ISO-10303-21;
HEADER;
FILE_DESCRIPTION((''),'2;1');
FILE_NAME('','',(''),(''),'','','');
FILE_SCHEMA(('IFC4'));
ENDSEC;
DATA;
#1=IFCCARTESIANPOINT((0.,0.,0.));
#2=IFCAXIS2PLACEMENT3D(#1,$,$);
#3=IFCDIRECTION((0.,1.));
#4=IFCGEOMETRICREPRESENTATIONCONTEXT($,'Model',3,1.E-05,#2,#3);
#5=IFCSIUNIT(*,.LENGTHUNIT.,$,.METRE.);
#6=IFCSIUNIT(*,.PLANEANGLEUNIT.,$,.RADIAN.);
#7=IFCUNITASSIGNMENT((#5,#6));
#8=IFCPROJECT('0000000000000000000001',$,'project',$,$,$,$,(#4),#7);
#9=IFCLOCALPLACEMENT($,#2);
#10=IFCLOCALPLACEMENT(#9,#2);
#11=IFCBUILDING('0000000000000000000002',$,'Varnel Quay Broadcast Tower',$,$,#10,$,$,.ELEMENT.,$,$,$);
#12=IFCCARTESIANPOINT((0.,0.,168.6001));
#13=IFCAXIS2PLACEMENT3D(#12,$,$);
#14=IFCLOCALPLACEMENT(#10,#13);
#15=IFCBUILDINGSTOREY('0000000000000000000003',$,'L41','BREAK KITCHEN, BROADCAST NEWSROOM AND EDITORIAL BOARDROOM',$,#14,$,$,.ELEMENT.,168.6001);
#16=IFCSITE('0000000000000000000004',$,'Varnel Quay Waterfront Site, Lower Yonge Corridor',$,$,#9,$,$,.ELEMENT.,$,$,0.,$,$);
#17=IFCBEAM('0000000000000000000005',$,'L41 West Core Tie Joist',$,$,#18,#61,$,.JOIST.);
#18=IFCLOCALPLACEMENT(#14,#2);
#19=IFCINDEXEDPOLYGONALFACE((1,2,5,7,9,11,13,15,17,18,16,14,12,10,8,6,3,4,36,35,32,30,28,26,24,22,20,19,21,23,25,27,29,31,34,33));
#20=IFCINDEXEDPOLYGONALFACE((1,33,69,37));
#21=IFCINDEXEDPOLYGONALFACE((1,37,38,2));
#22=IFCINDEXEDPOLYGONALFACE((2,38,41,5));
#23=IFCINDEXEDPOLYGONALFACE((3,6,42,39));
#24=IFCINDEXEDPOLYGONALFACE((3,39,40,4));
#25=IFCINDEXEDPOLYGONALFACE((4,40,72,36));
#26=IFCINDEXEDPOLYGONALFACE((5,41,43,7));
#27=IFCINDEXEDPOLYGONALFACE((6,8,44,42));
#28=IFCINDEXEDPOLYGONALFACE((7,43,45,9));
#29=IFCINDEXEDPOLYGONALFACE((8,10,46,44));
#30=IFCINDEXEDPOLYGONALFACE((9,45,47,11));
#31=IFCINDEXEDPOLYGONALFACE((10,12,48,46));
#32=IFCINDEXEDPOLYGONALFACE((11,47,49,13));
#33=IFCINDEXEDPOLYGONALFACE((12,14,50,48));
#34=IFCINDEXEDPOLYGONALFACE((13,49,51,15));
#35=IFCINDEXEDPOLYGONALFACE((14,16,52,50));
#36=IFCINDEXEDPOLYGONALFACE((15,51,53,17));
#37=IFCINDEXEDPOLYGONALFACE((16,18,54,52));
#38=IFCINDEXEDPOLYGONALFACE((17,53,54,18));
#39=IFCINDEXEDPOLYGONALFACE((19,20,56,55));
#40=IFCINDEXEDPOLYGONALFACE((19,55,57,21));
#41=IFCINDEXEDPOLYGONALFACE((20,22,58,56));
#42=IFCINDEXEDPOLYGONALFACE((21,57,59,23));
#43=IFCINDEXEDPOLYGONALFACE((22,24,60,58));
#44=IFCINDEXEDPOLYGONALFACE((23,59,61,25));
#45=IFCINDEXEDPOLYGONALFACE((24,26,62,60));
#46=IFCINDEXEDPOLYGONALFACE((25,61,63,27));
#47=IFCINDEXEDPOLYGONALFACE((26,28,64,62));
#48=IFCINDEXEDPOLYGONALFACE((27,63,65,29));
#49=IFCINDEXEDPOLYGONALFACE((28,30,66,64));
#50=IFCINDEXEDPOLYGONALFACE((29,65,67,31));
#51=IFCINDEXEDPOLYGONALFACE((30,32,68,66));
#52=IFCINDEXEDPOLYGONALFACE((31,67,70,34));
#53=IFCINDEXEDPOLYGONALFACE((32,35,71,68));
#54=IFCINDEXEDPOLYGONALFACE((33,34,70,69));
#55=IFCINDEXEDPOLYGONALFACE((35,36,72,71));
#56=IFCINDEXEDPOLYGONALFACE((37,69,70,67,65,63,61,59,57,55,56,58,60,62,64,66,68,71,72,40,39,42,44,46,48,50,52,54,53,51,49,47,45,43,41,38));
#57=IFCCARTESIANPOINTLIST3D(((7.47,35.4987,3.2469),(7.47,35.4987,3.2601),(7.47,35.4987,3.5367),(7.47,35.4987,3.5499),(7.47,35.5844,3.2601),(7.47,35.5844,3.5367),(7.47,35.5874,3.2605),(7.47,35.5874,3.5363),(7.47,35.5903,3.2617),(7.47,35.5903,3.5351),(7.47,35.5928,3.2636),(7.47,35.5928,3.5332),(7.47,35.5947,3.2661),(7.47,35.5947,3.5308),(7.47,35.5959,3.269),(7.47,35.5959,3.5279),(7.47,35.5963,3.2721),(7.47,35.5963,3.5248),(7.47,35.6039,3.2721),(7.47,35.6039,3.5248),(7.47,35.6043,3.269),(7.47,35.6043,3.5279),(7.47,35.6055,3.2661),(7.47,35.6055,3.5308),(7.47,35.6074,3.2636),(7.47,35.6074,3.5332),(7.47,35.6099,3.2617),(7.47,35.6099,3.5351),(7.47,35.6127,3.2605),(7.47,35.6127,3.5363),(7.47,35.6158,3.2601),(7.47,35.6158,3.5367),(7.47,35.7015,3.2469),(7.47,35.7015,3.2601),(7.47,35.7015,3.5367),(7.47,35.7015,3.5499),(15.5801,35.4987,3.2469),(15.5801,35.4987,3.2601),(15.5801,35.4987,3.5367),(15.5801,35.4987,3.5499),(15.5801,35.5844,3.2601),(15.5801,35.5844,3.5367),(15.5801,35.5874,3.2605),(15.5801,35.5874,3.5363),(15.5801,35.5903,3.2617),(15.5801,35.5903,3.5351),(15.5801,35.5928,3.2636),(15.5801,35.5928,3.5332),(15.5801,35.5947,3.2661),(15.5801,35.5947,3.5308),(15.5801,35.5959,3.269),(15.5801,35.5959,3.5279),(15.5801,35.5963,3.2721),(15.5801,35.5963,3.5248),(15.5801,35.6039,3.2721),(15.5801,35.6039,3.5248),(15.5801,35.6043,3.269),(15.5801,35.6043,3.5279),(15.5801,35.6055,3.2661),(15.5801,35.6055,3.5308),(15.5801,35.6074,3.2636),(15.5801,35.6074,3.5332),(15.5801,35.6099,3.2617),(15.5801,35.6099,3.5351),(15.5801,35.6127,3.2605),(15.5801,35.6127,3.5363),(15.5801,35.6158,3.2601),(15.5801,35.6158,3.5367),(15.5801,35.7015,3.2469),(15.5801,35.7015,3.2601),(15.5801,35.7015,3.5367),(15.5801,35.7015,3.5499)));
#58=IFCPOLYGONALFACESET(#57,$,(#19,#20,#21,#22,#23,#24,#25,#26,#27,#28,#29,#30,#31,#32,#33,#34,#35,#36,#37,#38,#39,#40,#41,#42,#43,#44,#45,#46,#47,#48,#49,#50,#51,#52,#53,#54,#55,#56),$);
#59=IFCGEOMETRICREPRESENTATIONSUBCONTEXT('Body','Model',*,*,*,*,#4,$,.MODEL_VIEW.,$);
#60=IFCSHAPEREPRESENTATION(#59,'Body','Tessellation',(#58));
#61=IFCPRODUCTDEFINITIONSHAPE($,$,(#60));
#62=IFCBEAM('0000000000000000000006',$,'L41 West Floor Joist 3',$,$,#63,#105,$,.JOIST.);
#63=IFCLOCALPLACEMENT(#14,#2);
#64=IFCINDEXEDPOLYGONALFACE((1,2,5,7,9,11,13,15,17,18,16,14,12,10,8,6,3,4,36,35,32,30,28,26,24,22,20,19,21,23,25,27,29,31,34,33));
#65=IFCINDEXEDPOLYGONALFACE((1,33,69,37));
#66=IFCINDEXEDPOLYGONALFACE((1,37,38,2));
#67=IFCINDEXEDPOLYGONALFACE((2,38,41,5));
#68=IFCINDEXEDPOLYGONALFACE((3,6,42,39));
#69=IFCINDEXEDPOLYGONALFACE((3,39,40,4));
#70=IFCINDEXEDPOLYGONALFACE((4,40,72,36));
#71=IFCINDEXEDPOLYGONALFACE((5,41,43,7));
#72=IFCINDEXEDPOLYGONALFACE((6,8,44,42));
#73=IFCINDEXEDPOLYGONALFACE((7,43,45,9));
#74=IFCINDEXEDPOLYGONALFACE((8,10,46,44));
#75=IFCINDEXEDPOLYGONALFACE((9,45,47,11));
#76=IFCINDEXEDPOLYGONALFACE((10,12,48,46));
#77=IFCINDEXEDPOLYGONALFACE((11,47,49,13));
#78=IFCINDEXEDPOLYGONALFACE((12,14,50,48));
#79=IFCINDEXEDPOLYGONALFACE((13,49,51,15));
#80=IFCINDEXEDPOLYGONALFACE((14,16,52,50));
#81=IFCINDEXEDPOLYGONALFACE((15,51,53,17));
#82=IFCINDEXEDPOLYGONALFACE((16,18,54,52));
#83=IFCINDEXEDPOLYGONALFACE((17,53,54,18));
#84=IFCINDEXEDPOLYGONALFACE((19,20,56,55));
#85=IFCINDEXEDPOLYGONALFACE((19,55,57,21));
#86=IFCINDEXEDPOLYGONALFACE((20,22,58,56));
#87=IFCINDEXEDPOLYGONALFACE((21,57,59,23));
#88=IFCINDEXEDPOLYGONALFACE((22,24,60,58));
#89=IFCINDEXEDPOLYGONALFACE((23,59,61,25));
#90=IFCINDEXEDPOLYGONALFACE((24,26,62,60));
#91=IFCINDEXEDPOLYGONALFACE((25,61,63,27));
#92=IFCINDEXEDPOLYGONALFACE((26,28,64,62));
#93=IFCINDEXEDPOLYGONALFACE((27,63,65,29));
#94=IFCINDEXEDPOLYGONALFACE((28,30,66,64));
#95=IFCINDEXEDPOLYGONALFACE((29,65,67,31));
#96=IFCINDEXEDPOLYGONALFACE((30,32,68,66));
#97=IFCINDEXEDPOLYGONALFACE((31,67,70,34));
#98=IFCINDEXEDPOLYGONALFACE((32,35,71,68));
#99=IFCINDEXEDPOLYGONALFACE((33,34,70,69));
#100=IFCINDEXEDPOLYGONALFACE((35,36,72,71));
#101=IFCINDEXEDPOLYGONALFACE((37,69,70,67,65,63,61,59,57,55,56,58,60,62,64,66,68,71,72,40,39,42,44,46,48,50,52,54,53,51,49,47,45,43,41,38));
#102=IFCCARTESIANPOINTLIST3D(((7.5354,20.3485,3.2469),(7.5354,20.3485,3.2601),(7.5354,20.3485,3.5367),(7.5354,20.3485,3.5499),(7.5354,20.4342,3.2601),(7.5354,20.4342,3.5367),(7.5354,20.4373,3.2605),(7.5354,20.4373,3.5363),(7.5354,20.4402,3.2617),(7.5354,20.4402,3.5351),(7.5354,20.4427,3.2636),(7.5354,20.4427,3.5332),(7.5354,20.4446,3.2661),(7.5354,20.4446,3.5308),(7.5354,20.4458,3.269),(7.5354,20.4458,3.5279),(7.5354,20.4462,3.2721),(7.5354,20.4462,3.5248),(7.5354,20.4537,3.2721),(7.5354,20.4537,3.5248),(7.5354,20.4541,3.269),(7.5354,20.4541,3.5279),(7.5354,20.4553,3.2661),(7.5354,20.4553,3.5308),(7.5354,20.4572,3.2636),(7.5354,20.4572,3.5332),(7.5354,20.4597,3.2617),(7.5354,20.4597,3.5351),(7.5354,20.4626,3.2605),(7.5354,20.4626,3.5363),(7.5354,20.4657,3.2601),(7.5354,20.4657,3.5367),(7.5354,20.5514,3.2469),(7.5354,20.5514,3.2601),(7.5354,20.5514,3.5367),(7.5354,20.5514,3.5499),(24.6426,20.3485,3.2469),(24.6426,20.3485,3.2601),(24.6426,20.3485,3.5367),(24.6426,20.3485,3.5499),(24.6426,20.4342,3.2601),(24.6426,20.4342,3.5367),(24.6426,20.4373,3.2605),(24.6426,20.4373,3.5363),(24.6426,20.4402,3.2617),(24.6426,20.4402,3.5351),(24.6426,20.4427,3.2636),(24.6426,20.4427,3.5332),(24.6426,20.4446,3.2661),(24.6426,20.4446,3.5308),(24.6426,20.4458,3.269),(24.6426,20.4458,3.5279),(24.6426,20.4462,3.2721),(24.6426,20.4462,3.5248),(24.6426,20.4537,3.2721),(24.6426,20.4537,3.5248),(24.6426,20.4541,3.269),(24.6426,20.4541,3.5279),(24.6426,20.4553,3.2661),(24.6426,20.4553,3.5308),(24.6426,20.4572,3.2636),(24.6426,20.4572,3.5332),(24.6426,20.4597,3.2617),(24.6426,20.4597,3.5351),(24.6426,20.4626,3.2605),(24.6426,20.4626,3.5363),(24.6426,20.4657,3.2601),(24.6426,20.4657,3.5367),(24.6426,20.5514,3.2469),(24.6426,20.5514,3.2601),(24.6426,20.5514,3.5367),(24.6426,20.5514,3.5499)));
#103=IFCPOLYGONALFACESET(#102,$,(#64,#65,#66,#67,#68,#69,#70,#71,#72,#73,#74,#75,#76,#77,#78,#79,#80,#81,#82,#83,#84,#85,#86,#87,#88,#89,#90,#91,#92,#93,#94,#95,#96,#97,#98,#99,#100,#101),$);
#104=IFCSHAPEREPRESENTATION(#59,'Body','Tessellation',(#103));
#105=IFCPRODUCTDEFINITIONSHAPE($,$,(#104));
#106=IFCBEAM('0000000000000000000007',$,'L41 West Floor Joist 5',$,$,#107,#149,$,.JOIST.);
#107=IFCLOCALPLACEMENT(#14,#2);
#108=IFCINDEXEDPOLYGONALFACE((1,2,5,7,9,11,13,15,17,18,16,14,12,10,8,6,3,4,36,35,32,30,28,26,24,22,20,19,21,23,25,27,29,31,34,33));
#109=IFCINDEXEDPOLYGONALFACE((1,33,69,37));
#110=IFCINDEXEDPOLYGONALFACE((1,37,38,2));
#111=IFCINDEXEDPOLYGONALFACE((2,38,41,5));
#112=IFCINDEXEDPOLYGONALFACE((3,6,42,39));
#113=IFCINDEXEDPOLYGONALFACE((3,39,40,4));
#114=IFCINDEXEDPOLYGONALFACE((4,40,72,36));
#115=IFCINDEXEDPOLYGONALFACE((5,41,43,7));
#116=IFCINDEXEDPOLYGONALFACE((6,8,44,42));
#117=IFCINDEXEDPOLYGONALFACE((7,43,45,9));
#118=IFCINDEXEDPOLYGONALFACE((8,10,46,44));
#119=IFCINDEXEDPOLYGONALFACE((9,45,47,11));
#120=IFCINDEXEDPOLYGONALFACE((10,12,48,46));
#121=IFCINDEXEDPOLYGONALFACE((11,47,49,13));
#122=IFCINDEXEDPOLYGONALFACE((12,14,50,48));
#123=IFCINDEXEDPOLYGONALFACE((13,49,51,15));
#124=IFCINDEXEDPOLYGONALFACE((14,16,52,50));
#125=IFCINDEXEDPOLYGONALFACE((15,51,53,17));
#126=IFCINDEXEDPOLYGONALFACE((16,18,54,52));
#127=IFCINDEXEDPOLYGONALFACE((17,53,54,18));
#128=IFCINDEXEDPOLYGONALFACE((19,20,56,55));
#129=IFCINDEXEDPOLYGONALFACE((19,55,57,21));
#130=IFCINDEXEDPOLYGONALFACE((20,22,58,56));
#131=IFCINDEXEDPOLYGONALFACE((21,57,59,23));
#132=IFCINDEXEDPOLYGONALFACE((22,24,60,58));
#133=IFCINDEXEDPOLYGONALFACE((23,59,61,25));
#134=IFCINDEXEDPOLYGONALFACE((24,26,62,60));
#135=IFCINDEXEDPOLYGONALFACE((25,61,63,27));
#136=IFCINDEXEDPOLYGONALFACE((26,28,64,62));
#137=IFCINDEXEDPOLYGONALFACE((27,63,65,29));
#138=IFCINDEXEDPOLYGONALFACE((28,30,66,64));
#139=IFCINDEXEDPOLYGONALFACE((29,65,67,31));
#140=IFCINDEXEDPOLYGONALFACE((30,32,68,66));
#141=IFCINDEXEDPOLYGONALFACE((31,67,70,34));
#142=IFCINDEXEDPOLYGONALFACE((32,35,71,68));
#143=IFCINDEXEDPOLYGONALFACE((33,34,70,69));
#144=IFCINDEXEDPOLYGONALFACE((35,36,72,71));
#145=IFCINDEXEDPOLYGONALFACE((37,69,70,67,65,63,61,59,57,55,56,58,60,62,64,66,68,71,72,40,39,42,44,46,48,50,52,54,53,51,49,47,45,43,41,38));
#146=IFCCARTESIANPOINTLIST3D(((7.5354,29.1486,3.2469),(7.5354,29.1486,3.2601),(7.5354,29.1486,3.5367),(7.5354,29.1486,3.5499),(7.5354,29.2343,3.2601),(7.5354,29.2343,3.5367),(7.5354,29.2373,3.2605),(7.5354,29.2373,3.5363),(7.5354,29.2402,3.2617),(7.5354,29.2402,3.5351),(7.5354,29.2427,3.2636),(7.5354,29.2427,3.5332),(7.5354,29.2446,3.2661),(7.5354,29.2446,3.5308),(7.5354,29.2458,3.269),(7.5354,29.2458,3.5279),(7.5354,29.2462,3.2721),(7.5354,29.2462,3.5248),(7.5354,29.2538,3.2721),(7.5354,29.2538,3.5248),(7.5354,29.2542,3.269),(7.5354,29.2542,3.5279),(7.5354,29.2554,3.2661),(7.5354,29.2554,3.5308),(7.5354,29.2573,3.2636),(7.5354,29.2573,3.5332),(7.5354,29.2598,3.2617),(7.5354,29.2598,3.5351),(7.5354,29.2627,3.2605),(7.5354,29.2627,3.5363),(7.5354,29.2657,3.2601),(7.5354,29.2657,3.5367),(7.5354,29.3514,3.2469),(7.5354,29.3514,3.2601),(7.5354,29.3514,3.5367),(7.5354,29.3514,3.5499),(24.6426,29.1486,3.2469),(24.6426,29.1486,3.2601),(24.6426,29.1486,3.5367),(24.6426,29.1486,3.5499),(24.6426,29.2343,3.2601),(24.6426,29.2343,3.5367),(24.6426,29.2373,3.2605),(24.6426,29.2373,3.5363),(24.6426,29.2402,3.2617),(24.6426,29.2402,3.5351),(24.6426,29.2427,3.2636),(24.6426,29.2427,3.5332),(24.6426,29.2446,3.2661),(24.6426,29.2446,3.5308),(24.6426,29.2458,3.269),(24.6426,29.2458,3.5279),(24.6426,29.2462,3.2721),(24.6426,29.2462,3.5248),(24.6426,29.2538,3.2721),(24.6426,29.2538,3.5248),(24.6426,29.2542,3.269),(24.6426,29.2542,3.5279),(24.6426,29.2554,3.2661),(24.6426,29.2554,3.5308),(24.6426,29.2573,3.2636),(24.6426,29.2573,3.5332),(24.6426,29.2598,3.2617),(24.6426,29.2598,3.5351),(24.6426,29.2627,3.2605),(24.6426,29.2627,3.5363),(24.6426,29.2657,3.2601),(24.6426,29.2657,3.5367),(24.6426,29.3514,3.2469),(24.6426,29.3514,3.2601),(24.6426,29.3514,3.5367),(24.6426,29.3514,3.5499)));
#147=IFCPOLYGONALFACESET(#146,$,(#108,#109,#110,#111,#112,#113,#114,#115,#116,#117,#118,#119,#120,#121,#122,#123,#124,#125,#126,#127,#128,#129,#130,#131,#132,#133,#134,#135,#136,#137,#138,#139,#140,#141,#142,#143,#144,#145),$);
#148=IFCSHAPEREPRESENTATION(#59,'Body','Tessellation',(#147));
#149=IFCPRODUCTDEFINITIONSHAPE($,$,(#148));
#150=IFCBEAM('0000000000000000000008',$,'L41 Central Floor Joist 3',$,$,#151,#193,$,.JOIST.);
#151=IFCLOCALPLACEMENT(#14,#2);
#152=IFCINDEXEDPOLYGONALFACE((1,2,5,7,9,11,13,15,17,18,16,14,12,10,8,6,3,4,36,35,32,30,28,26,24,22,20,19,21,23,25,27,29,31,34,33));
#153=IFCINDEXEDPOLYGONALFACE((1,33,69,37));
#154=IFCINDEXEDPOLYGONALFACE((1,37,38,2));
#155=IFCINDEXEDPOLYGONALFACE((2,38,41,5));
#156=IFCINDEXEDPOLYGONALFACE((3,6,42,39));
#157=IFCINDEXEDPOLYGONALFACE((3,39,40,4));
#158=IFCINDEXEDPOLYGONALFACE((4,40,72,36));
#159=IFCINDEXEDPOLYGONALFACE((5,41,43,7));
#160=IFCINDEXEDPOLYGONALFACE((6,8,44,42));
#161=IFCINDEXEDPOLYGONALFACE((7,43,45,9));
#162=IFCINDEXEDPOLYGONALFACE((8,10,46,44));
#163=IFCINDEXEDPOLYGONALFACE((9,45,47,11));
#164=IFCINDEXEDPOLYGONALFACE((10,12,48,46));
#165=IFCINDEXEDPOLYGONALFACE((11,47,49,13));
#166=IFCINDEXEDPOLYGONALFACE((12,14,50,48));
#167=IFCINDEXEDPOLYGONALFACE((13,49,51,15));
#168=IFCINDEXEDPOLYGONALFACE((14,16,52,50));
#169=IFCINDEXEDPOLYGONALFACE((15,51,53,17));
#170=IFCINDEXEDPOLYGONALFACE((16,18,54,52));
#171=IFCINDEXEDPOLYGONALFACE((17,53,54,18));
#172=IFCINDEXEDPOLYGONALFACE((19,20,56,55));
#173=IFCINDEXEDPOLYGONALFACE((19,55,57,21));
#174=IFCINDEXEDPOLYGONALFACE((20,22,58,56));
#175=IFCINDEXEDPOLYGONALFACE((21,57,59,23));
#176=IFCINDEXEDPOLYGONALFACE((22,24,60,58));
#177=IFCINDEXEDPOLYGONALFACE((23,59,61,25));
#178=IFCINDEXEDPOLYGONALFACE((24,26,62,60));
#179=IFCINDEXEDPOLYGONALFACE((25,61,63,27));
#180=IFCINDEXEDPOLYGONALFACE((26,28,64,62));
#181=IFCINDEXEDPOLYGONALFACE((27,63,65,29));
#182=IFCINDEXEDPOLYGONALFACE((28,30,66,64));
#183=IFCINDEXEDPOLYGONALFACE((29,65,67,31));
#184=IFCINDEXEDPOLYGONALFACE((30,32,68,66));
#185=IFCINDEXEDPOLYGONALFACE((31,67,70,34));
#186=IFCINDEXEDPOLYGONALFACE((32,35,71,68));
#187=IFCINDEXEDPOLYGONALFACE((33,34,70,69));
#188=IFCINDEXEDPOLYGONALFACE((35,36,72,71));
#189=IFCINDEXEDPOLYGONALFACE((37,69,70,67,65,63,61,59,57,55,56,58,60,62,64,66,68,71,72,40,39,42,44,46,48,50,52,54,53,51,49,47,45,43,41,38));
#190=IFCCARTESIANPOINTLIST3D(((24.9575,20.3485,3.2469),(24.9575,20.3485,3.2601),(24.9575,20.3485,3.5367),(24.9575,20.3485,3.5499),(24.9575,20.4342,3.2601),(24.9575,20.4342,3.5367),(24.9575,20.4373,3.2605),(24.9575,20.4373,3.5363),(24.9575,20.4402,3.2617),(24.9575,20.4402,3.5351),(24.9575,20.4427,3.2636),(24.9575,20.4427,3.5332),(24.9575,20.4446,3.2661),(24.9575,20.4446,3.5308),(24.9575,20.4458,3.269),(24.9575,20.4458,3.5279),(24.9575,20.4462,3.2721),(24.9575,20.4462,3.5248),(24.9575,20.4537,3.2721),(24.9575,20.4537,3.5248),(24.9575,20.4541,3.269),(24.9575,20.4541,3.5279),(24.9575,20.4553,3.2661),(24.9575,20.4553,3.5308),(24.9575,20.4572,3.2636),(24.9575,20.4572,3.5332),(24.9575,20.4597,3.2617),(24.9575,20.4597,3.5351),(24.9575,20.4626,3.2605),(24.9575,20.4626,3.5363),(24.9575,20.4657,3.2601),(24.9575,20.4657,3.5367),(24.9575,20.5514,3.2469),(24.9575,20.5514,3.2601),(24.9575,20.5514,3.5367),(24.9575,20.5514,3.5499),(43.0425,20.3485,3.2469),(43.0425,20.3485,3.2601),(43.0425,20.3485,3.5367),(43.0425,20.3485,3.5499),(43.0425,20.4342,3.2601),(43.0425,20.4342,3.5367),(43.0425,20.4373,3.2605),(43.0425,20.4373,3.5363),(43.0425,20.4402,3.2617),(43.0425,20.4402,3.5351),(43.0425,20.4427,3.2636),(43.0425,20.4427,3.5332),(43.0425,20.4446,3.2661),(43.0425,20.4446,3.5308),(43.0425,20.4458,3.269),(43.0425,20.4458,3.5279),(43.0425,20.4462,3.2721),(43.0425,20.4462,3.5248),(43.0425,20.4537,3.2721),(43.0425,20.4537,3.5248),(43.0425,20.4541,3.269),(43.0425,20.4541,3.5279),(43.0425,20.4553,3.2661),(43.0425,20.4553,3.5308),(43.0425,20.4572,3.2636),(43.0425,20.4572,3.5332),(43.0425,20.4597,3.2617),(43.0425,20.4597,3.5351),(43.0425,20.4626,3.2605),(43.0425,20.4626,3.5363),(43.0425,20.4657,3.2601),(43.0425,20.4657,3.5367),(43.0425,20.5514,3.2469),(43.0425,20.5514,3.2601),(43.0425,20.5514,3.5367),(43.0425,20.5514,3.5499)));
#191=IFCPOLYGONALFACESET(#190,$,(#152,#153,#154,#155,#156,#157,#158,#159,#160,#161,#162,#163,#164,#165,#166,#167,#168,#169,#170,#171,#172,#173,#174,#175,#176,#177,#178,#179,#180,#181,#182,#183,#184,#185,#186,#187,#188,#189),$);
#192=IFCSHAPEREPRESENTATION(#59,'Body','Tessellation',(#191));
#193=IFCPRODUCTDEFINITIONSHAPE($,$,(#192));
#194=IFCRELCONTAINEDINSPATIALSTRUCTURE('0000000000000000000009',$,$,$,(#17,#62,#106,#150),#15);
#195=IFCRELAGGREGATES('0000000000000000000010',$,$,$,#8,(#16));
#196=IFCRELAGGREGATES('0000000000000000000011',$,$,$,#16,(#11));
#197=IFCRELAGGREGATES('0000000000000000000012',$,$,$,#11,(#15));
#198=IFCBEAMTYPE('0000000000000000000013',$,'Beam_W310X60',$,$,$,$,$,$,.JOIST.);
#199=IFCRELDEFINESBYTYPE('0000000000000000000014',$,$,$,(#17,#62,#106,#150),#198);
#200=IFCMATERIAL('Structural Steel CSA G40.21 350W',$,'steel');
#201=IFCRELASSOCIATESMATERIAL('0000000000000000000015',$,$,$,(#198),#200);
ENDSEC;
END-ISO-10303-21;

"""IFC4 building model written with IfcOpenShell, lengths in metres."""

from ifc_helpers import new_model, si_unit, direction, frame, origin, origin_2d, place, context, subcontext, project, spatial, i_section, extrude, source, transform, mapped, material, material_profile, profile_set, type_object, type_shapes, element, save


model = new_model("IFC4")

# Units and contexts
model_context = context("Model", 3, precision=1e-05, world=origin(), true_north=direction((0.0, 1.0)))
body_context = subcontext(model_context, "Body", "Model", "MODEL_VIEW")
ifc_project = project(units=[si_unit("LENGTHUNIT", "METRE"), si_unit("PLANEANGLEUNIT", "RADIAN")], contexts=[model_context])

# Site, building, storey
site_placement = place(None, origin())
site = spatial("IfcSite", under=ifc_project, at=site_placement, Name="Varnel Quay Waterfront Site, Lower Yonge Corridor", CompositionType="ELEMENT", RefElevation=0.0)
building_placement = place(site_placement, origin())
building = spatial("IfcBuilding", under=site, at=building_placement, Name="Varnel Quay Broadcast Tower", CompositionType="ELEMENT")
storey_placement = place(building_placement, frame((0.0, 0.0, 168.6001)))
storey = spatial("IfcBuildingStorey", under=building, at=storey_placement, Name="L41", Description="BREAK KITCHEN, BROADCAST NEWSROOM AND EDITORIAL BOARDROOM", CompositionType="ELEMENT", Elevation=168.6001)

# Shared definitions
ifc_material_1 = material(Name="Structural Steel CSA G40.21 350W", Category="steel")

# Beams
ifc_material_profile_1 = material_profile(ifc_material_1, i_section(OverallWidth=0.2029, OverallDepth=0.303, WebThickness=0.0076, FlangeThickness=0.0132, FilletRadius=0.012, at=origin_2d()), Name="W310X60")
ifc_profile_set_1 = profile_set([ifc_material_profile_1], Name="Structural Steel CSA G40.21 350W")
beam_type_1 = type_object("IfcBeamType", Name="Beam_W310X60", PredefinedType="JOIST", material=ifc_profile_set_1)
shared_shape_1 = source(origin(), body_context, "Body", "SweptSolid", [
    extrude(i_section(OverallWidth=0.2029, OverallDepth=0.303, WebThickness=0.0076, FlangeThickness=0.0132, FilletRadius=0.012, at=origin_2d()), origin(), (0.0, 0.0, 1.0), 8.1101),
])
beam_1_placement = place(storey_placement, frame((7.47, 35.6001, 3.3984), z_axis=(1.0, 0.0, 0.0), x_axis=(0.0, 1.0, 0.0)))
element("IfcBeam", 1, at=beam_1_placement, inside=storey, type_object=beam_type_1, Name="L41 West Core Tie Joist", PredefinedType="JOIST", context=body_context, shape_type="MappedRepresentation", body=[
    mapped(shared_shape_1, transform((0.0, 0.0, 0.0), x_axis=(1.0, 0.0, 0.0), y_axis=(0.0, 1.0, 0.0), z_axis=(0.0, 0.0, 1.0), scale=1.0)),
])
shared_shape_2 = source(origin(), body_context, "Body", "SweptSolid", [
    extrude(i_section(OverallWidth=0.2029, OverallDepth=0.303, WebThickness=0.0076, FlangeThickness=0.0132, FilletRadius=0.012, at=origin_2d()), origin(), (0.0, 0.0, 1.0), 17.1072),
])
for number, where, z_axis, x_axis, name in (
    (2, (7.5354, 20.45, 3.3984), (1.0, 0.0, 0.0), (0.0, 1.0, 0.0), "L41 West Floor Joist 3"),
    (3, (7.5354, 29.25, 3.3984), (1.0, 0.0, 0.0), (0.0, 1.0, 0.0), "L41 West Floor Joist 5"),
):
    element("IfcBeam", number, at=place(storey_placement, frame(where, z_axis=z_axis, x_axis=x_axis)), inside=storey, type_object=beam_type_1, Name=name, PredefinedType="JOIST", context=body_context, shape_type="MappedRepresentation", body=[
        mapped(shared_shape_2, transform((0.0, 0.0, 0.0), x_axis=(1.0, 0.0, 0.0), y_axis=(0.0, 1.0, 0.0), z_axis=(0.0, 0.0, 1.0), scale=1.0)),
    ])
shared_shape_3 = source(origin(), body_context, "Body", "SweptSolid", [
    extrude(i_section(OverallWidth=0.2029, OverallDepth=0.303, WebThickness=0.0076, FlangeThickness=0.0132, FilletRadius=0.012, at=origin_2d()), origin(), (0.0, 0.0, 1.0), 18.085),
])
type_shapes(beam_type_1, [shared_shape_1, shared_shape_2, shared_shape_3])
for number, where, z_axis, x_axis, name in (
    (4, (24.9575, 20.45, 3.3984), (1.0, 0.0, 0.0), (0.0, 1.0, 0.0), "L41 Central Floor Joist 3"),
):
    element("IfcBeam", number, at=place(storey_placement, frame(where, z_axis=z_axis, x_axis=x_axis)), inside=storey, type_object=beam_type_1, Name=name, PredefinedType="JOIST", context=body_context, shape_type="MappedRepresentation", body=[
        mapped(shared_shape_3, transform((0.0, 0.0, 0.0), x_axis=(1.0, 0.0, 0.0), y_axis=(0.0, 1.0, 0.0), z_axis=(0.0, 0.0, 1.0), scale=1.0)),
    ])

save(model, "model.ifc")
